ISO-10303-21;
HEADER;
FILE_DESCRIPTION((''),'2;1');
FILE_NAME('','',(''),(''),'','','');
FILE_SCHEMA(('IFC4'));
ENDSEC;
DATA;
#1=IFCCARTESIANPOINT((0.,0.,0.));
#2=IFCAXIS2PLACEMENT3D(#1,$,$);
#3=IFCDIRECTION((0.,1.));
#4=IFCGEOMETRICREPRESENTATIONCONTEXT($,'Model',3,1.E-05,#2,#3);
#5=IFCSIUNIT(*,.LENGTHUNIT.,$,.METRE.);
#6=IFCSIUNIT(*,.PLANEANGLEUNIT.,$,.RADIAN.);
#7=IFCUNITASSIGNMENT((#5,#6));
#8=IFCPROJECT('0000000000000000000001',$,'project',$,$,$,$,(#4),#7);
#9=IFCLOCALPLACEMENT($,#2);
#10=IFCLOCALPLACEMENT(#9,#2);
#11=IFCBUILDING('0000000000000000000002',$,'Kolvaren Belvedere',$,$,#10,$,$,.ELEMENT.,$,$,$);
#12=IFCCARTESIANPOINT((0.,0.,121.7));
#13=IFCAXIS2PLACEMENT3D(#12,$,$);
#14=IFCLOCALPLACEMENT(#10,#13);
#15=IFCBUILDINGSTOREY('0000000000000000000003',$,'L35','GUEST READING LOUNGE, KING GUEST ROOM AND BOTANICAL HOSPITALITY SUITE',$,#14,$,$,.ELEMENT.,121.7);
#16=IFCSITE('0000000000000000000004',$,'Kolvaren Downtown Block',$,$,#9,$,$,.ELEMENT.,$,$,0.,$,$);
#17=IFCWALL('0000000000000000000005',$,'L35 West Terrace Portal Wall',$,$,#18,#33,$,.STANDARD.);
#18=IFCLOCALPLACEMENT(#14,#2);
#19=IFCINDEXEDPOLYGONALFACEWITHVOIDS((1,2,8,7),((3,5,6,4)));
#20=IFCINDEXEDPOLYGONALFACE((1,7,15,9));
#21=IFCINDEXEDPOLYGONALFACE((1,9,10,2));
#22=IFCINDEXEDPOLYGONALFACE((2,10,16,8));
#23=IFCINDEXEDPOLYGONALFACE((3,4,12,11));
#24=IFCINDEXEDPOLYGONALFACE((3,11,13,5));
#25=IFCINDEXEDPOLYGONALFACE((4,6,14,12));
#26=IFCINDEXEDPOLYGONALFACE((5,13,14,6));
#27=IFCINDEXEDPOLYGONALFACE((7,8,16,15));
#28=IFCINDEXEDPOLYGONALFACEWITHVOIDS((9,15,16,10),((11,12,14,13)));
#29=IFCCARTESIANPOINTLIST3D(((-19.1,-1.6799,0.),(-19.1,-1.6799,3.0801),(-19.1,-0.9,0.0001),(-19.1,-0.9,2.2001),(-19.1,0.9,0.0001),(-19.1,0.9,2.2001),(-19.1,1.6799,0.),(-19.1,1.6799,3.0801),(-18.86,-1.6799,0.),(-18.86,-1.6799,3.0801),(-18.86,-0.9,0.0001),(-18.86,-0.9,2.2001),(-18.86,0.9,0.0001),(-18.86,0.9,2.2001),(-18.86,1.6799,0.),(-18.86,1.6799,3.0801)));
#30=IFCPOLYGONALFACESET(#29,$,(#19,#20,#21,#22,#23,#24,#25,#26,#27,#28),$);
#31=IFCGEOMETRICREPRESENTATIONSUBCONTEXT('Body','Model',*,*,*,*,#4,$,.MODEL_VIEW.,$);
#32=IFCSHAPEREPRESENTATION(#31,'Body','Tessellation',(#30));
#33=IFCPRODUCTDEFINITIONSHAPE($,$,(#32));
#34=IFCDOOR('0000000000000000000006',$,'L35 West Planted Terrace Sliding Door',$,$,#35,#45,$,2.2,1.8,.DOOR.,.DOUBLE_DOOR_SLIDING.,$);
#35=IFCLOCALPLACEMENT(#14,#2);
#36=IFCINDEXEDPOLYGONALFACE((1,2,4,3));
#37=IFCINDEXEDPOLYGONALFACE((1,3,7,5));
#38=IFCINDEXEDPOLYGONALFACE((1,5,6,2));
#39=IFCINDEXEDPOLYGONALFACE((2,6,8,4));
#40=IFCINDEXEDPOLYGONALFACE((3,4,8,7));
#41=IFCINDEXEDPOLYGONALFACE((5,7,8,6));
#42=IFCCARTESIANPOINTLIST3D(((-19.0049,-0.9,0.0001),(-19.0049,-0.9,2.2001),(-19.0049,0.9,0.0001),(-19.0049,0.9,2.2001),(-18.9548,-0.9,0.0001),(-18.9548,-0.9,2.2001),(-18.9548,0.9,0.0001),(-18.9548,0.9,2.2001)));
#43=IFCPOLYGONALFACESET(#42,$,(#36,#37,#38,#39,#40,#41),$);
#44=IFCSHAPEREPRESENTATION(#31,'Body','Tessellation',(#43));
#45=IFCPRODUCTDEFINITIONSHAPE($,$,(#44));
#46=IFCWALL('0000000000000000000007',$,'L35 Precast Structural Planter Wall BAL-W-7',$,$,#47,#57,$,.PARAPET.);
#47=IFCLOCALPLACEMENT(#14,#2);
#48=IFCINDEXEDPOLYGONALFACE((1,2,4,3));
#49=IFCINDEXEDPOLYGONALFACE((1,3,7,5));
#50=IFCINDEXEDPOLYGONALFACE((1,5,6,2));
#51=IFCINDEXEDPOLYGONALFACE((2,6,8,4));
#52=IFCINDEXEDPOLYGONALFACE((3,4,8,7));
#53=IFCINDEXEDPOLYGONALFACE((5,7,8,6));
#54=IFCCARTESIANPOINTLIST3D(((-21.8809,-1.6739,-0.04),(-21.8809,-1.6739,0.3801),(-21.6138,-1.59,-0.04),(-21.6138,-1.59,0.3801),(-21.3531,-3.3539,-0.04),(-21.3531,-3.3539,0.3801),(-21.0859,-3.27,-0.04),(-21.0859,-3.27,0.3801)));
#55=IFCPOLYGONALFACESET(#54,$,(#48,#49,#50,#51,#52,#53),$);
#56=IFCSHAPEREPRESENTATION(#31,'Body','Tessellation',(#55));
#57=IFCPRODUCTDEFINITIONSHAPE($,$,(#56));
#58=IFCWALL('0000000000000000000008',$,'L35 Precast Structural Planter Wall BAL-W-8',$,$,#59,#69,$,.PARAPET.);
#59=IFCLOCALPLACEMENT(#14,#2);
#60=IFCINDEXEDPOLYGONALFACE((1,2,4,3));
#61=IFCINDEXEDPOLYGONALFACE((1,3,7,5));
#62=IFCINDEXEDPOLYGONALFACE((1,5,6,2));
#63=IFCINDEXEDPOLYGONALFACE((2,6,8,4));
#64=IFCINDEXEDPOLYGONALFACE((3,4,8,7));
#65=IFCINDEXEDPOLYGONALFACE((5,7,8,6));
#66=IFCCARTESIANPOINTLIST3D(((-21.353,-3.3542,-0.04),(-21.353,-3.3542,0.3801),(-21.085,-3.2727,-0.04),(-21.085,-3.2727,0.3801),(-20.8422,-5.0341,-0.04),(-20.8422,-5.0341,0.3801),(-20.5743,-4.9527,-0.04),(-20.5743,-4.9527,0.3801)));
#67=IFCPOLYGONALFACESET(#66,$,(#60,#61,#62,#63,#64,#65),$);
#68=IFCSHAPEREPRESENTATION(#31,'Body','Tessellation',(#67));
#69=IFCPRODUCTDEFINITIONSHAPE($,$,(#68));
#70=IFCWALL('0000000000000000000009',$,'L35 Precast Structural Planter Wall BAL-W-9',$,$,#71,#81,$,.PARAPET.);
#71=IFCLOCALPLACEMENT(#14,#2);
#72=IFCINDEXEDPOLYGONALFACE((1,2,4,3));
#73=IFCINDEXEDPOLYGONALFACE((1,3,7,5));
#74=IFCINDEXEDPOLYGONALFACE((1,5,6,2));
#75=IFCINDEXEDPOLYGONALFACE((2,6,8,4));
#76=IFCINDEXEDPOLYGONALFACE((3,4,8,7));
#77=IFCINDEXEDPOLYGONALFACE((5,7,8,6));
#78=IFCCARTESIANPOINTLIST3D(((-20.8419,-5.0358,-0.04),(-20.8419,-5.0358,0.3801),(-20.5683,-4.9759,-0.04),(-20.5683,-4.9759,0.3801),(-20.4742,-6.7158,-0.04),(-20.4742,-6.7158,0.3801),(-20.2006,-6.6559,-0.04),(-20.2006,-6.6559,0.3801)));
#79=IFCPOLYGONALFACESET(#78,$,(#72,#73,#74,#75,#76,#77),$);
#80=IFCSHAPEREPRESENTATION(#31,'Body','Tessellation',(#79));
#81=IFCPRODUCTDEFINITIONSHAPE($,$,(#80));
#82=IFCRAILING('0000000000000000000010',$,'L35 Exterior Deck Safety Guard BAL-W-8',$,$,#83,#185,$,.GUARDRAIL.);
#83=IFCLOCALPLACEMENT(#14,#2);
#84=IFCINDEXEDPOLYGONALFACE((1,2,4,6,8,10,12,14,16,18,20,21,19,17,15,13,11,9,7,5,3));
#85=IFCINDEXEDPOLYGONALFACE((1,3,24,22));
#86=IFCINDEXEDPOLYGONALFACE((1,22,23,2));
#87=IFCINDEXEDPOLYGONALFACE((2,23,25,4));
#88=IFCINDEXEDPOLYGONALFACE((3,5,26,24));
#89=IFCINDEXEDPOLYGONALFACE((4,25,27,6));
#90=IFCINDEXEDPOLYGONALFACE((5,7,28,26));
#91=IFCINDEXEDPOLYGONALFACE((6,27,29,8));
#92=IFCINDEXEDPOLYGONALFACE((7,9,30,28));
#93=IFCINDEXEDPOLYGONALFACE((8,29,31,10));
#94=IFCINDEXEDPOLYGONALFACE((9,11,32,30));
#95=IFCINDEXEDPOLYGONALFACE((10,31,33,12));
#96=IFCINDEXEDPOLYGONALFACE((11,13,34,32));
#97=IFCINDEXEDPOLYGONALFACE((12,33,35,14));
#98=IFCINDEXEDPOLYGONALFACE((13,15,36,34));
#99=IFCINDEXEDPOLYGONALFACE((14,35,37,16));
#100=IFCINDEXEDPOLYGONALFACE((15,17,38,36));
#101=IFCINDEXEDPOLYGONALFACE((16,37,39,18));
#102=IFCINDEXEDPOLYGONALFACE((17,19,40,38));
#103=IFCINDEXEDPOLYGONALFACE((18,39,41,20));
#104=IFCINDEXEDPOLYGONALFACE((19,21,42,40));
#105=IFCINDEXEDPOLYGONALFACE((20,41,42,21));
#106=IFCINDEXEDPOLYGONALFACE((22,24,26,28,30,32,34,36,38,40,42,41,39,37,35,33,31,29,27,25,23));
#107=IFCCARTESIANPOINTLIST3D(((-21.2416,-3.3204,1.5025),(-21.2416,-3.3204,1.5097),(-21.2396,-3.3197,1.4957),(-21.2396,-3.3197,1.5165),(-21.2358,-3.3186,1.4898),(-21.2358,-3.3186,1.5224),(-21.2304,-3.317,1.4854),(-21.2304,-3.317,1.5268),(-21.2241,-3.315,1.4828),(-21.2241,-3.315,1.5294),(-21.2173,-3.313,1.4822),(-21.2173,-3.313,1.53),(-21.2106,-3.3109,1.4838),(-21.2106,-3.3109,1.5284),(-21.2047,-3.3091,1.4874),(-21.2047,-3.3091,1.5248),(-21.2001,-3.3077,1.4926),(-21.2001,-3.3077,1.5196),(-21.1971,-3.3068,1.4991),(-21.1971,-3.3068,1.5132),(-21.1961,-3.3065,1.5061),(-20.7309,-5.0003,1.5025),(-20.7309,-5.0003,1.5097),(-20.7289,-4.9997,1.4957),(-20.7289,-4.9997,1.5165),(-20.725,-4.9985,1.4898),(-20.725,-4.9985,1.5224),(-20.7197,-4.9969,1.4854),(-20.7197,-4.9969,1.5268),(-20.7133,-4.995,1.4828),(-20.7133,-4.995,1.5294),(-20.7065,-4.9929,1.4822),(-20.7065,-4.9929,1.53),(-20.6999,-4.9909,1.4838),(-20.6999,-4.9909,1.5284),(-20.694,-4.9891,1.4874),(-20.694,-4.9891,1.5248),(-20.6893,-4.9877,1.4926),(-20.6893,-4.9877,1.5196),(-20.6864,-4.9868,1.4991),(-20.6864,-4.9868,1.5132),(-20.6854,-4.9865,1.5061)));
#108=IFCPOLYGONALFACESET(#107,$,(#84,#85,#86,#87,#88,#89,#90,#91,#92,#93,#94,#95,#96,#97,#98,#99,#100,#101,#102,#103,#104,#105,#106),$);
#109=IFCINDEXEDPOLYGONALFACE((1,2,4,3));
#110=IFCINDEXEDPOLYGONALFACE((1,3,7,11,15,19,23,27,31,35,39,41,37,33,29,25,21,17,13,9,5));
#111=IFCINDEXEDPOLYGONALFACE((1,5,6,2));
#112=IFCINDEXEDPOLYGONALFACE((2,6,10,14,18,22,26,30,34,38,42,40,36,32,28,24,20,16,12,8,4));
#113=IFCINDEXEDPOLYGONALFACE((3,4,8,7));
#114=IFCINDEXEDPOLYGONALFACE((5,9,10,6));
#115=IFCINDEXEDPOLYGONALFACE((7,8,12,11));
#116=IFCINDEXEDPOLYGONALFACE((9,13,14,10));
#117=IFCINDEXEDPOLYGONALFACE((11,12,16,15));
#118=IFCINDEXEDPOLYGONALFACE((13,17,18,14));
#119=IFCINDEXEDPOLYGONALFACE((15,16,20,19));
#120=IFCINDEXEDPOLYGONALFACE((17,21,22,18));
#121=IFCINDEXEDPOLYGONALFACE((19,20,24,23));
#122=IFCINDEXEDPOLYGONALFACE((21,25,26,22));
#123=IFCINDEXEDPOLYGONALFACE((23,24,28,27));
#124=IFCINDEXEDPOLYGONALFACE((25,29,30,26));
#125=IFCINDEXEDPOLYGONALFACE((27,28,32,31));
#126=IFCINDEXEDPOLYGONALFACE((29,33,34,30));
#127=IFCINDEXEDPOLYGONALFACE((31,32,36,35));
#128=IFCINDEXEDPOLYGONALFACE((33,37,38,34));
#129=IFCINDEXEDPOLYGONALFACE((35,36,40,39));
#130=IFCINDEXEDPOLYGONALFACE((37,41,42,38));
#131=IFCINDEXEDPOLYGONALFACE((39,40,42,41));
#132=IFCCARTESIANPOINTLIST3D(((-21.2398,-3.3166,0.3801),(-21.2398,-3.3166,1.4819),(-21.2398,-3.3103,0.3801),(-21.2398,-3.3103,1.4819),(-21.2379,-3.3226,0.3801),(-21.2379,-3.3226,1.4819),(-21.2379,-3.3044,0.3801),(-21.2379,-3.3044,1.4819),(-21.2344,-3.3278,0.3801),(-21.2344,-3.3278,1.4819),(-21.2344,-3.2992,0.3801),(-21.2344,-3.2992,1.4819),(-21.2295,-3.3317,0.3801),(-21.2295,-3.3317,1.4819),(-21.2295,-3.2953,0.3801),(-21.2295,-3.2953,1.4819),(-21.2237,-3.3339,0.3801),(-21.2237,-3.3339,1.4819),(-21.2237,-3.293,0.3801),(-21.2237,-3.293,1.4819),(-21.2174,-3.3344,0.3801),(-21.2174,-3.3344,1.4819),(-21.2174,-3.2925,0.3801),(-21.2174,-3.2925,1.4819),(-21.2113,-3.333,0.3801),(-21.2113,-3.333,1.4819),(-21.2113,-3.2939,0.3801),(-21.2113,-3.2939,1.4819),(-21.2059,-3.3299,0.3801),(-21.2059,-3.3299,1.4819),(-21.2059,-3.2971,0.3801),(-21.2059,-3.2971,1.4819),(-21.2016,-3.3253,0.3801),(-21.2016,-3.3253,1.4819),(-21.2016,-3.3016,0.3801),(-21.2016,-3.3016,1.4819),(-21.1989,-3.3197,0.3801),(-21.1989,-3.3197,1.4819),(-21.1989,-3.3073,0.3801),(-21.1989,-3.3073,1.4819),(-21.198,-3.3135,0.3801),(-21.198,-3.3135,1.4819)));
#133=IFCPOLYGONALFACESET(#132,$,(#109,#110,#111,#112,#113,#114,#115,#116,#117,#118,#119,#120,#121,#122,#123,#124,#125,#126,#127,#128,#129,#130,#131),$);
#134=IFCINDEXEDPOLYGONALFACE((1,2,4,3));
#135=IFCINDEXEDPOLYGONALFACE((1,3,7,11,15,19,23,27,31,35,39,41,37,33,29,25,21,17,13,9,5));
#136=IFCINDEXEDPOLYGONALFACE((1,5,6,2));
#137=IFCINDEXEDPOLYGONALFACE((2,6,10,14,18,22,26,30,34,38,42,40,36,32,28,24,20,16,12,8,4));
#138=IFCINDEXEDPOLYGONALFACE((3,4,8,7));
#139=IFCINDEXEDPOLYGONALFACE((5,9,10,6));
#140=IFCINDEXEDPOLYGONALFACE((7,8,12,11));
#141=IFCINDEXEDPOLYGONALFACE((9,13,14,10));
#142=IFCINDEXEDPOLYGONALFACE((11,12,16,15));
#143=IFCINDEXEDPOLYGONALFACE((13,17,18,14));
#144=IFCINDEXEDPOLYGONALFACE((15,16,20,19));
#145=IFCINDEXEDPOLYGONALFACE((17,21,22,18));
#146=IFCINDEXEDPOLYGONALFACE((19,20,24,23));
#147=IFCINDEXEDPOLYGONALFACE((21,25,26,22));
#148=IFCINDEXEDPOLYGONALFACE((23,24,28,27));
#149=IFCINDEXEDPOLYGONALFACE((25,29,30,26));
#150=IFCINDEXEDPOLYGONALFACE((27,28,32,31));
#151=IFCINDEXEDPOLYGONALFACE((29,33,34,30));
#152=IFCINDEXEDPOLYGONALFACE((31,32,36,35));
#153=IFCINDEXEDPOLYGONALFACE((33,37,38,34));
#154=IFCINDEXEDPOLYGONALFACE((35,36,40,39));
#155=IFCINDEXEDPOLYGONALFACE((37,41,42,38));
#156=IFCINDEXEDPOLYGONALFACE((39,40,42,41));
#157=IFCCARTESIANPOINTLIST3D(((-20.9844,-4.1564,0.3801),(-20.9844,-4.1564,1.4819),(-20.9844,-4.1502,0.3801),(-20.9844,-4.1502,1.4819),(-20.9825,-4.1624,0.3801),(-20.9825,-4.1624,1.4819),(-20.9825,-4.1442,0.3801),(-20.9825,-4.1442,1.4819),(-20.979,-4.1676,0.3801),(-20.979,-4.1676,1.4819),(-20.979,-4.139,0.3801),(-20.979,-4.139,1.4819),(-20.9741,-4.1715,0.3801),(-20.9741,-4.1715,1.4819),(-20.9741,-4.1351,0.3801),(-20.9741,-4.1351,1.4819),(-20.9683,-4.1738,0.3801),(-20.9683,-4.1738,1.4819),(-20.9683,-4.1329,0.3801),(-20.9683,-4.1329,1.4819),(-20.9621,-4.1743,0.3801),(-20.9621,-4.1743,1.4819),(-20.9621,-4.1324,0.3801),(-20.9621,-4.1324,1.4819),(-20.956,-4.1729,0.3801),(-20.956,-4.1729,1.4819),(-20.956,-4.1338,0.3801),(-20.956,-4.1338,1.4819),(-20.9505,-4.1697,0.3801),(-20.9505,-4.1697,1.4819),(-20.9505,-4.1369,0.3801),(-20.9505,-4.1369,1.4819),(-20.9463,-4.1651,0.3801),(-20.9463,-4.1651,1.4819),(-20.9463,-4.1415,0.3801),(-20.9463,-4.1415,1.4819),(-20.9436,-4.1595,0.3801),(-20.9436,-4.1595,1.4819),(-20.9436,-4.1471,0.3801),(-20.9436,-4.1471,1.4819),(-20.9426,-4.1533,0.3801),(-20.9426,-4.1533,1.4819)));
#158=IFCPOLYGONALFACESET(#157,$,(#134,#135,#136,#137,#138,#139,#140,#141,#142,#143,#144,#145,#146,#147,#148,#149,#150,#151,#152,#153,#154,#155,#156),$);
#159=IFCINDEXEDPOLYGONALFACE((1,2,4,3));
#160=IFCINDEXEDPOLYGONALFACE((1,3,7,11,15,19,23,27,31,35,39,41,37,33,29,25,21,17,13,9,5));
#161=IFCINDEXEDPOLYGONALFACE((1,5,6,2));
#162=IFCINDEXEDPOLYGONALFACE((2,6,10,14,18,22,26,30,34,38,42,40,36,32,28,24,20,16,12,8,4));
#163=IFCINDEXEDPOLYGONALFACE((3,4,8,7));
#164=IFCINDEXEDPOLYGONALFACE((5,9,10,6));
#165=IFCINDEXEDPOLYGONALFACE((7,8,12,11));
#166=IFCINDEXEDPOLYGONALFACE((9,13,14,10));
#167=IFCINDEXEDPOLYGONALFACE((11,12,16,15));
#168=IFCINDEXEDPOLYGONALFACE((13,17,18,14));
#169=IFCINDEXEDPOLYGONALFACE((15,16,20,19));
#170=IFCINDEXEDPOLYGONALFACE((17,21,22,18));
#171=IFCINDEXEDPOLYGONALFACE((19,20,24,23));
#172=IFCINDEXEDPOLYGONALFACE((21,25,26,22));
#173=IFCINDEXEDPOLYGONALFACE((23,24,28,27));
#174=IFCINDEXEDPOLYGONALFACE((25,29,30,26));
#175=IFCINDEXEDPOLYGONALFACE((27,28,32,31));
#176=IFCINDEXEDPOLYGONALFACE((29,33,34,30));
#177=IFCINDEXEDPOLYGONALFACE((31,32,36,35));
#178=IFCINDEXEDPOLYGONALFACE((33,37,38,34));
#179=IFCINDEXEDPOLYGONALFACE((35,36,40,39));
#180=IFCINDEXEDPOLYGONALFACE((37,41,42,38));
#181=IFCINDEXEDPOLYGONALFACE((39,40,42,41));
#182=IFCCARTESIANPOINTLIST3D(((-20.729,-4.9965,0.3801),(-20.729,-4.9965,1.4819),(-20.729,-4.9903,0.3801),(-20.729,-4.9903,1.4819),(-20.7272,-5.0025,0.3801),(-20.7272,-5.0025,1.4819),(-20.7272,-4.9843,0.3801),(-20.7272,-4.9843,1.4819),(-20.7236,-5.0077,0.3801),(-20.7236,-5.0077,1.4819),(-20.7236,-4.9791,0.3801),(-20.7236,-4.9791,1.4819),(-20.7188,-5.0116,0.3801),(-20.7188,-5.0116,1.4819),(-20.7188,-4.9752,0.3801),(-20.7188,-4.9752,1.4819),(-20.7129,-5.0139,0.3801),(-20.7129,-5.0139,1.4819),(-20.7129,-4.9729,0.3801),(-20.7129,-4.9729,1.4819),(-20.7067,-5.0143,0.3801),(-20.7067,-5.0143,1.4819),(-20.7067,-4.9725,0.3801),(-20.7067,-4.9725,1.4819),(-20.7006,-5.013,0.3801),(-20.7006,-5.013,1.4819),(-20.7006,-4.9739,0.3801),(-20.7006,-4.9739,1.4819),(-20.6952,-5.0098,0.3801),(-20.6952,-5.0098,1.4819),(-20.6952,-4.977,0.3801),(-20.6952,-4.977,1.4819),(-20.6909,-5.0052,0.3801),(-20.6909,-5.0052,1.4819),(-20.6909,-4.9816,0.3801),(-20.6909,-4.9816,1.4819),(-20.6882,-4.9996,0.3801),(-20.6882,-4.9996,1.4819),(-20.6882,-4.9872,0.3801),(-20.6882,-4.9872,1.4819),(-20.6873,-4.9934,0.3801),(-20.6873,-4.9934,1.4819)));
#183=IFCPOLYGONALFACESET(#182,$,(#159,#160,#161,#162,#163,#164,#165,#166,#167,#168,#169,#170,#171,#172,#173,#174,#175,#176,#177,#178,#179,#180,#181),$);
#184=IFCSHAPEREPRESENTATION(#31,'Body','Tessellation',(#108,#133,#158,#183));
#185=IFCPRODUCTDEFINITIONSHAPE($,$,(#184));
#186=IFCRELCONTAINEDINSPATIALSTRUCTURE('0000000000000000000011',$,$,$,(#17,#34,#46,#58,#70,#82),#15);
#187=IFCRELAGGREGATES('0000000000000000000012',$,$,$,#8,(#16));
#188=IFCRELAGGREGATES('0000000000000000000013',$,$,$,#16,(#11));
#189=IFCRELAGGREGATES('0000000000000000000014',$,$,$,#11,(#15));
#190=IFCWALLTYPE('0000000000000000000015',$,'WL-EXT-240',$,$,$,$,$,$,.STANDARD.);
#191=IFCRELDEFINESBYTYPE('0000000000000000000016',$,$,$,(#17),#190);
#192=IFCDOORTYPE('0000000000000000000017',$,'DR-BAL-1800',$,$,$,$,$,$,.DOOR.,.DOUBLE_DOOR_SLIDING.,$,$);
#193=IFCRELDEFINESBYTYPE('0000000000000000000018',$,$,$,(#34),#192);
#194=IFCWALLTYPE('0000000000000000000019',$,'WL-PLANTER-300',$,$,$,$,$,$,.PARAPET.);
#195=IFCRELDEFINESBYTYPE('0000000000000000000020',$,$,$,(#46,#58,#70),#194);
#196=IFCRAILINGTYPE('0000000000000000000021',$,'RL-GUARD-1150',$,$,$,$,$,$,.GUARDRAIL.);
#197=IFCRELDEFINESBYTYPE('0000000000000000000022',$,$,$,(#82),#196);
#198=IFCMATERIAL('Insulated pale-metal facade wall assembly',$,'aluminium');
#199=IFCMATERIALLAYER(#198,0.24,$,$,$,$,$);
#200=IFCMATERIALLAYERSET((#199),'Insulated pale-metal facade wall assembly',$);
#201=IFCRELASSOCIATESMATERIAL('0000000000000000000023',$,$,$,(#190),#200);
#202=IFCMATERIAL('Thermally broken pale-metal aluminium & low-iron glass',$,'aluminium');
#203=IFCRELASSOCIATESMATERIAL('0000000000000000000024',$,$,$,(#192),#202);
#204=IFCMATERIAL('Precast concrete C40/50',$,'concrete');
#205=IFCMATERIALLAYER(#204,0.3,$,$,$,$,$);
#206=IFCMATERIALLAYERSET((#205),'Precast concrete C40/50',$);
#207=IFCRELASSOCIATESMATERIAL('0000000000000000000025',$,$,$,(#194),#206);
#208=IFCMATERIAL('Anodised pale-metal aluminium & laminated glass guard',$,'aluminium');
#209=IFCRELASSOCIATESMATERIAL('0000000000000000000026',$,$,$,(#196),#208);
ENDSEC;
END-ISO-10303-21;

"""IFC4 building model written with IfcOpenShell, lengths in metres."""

from ifc_helpers import new_model, si_unit, direction, frame, frame_2d, origin, origin_2d, place, context, subcontext, project, spatial, rectangle, circle, extrude, material, layer, layer_set, type_object, element, fill, save


model = new_model("IFC4")

# Units and contexts
model_context = context("Model", 3, precision=1e-05, world=origin(), true_north=direction((0.0, 1.0)))
body_context = subcontext(model_context, "Body", "Model", "MODEL_VIEW")
ifc_project = project(units=[si_unit("LENGTHUNIT", "METRE"), si_unit("PLANEANGLEUNIT", "RADIAN")], contexts=[model_context])

# Site, building, storey
site_placement = place(None, origin())
site = spatial("IfcSite", under=ifc_project, at=site_placement, Name="Kolvaren Downtown Block", CompositionType="ELEMENT", RefElevation=0.0)
building_placement = place(site_placement, origin())
building = spatial("IfcBuilding", under=site, at=building_placement, Name="Kolvaren Belvedere", CompositionType="ELEMENT")
storey_placement = place(building_placement, frame((0.0, 0.0, 121.7)))
storey = spatial("IfcBuildingStorey", under=building, at=storey_placement, Name="L35", Description="GUEST READING LOUNGE, KING GUEST ROOM AND BOTANICAL HOSPITALITY SUITE", CompositionType="ELEMENT", Elevation=121.7)

# Wall, opening, door
ifc_material_1 = material(Name="Insulated pale-metal facade wall assembly", Category="aluminium")
ifc_layer_1 = layer(ifc_material_1, 0.24)
ifc_layer_set_1 = layer_set([ifc_layer_1], Name="Insulated pale-metal facade wall assembly")
wall_type_1 = type_object("IfcWallType", Name="WL-EXT-240", PredefinedType="STANDARD", material=ifc_layer_set_1)
wall_1_placement = place(storey_placement, frame((-18.98, -1.6799, 0.0), z_axis=(0.0, 0.0, 1.0), x_axis=(0.0, 1.0, 0.0)))
wall_1 = element("IfcWall", 1, at=wall_1_placement, inside=storey, type_object=wall_type_1, Name="L35 West Terrace Portal Wall", PredefinedType="STANDARD", context=body_context, shape_type="SweptSolid", body=[
    extrude(rectangle(XDim=3.3599, YDim=0.24, at=frame_2d((1.6799, 0.0))), origin(), (0.0, 0.0, 1.0), 3.0801),
])
opening_1_placement = place(wall_1_placement, frame((0.78, 0.0, 0.0)))
opening_1 = element("IfcOpeningElement", 2, at=opening_1_placement, cuts=wall_1, PredefinedType="OPENING", context=body_context, shape_type="SweptSolid", body=[
    extrude(rectangle(XDim=1.8, YDim=2.2, at=frame_2d((0.8999, 1.1001))), frame((0.0, 0.1299, 0.0), z_axis=(0.0, -1.0, 0.0), x_axis=(1.0, 0.0, 0.0)), (0.0, 0.0, 1.0), 0.26),
])
ifc_material_2 = material(Name="Thermally broken pale-metal aluminium & low-iron glass", Category="aluminium")
door_type_1 = type_object("IfcDoorType", Name="DR-BAL-1800", OperationType="DOUBLE_DOOR_SLIDING", PredefinedType="DOOR", material=ifc_material_2)
door_1_placement = place(opening_1_placement, origin())
door_1 = element("IfcDoor", 3, at=door_1_placement, inside=storey, type_object=door_type_1, Name="L35 West Planted Terrace Sliding Door", OperationType="DOUBLE_DOOR_SLIDING", OverallHeight=2.2, OverallWidth=1.8, PredefinedType="DOOR", context=body_context, shape_type="SweptSolid", body=[
    extrude(rectangle(XDim=1.8, YDim=2.2, at=frame_2d((0.8999, 1.1001))), frame((0.0, 0.0249, 0.0), z_axis=(0.0, -1.0, 0.0), x_axis=(1.0, 0.0, 0.0)), (0.0, 0.0, 1.0), 0.05),
])
fill(opening_1, door_1)

# Walls
ifc_material_3 = material(Name="Precast concrete C40/50", Category="concrete")
ifc_layer_2 = layer(ifc_material_3, 0.3)
ifc_layer_set_2 = layer_set([ifc_layer_2], Name="Precast concrete C40/50")
wall_type_2 = type_object("IfcWallType", Name="WL-PLANTER-300", PredefinedType="PARAPET", material=ifc_layer_set_2)
wall_2_placement = place(storey_placement, frame((-21.7473, -1.6321, -0.04), z_axis=(0.0, 0.0, 1.0), x_axis=(0.299751, -0.954018, 0.0)))
element("IfcWall", 4, at=wall_2_placement, inside=storey, type_object=wall_type_2, Name="L35 Precast Structural Planter Wall BAL-W-7", PredefinedType="PARAPET", context=body_context, shape_type="SweptSolid", body=[
    extrude(rectangle(XDim=1.761, YDim=0.28, at=frame_2d((0.8804, 0.0))), origin(), (0.0, 0.0, 1.0), 0.4202),
])
wall_3_placement = place(storey_placement, frame((-21.219, -3.3135, -0.04), z_axis=(0.0, 0.0, 1.0), x_axis=(0.290879, -0.95676, 0.0)))
element("IfcWall", 5, at=wall_3_placement, inside=storey, type_object=wall_type_2, Name="L35 Precast Structural Planter Wall BAL-W-8", PredefinedType="PARAPET", context=body_context, shape_type="SweptSolid", body=[
    extrude(rectangle(XDim=1.7559, YDim=0.28, at=frame_2d((0.8779, 0.0))), origin(), (0.0, 0.0, 1.0), 0.4202),
])
wall_4_placement = place(storey_placement, frame((-20.7051, -5.0059, -0.04), z_axis=(0.0, 0.0, 1.0), x_axis=(0.213803, -0.976877, 0.0)))
element("IfcWall", 6, at=wall_4_placement, inside=storey, type_object=wall_type_2, Name="L35 Precast Structural Planter Wall BAL-W-9", PredefinedType="PARAPET", context=body_context, shape_type="SweptSolid", body=[
    extrude(rectangle(XDim=1.7197, YDim=0.28, at=frame_2d((0.8599, 0.0))), origin(), (0.0, 0.0, 1.0), 0.4202),
])

# Railing
ifc_material_4 = material(Name="Anodised pale-metal aluminium & laminated glass guard", Category="aluminium")
railing_type = type_object("IfcRailingType", Name="RL-GUARD-1150", PredefinedType="GUARDRAIL", material=ifc_material_4)
railing_1_placement = place(storey_placement, frame((-21.219, -3.3135, 0.3801)))
element("IfcRailing", 7, at=railing_1_placement, inside=storey, type_object=railing_type, Name="L35 Exterior Deck Safety Guard BAL-W-8", PredefinedType="GUARDRAIL", context=body_context, shape_type="SweptSolid", body=[
    extrude(circle(Radius=0.0239, at=origin_2d()), frame((0.0, 0.0, 1.126), z_axis=(0.290879, -0.95676, 0.0), x_axis=(0.95676, 0.290879, 0.0)), (0.0, 0.0, 1.0), 1.7559),
    extrude(circle(Radius=0.021, at=origin_2d()), origin(), (0.0, 0.0, 1.0), 1.1018),
    extrude(circle(Radius=0.021, at=origin_2d()), frame((0.2554, -0.8398, 0.0)), (0.0, 0.0, 1.0), 1.1018),
    extrude(circle(Radius=0.021, at=origin_2d()), frame((0.5107, -1.6799, 0.0)), (0.0, 0.0, 1.0), 1.1018),
])

save(model, "model.ifc")
